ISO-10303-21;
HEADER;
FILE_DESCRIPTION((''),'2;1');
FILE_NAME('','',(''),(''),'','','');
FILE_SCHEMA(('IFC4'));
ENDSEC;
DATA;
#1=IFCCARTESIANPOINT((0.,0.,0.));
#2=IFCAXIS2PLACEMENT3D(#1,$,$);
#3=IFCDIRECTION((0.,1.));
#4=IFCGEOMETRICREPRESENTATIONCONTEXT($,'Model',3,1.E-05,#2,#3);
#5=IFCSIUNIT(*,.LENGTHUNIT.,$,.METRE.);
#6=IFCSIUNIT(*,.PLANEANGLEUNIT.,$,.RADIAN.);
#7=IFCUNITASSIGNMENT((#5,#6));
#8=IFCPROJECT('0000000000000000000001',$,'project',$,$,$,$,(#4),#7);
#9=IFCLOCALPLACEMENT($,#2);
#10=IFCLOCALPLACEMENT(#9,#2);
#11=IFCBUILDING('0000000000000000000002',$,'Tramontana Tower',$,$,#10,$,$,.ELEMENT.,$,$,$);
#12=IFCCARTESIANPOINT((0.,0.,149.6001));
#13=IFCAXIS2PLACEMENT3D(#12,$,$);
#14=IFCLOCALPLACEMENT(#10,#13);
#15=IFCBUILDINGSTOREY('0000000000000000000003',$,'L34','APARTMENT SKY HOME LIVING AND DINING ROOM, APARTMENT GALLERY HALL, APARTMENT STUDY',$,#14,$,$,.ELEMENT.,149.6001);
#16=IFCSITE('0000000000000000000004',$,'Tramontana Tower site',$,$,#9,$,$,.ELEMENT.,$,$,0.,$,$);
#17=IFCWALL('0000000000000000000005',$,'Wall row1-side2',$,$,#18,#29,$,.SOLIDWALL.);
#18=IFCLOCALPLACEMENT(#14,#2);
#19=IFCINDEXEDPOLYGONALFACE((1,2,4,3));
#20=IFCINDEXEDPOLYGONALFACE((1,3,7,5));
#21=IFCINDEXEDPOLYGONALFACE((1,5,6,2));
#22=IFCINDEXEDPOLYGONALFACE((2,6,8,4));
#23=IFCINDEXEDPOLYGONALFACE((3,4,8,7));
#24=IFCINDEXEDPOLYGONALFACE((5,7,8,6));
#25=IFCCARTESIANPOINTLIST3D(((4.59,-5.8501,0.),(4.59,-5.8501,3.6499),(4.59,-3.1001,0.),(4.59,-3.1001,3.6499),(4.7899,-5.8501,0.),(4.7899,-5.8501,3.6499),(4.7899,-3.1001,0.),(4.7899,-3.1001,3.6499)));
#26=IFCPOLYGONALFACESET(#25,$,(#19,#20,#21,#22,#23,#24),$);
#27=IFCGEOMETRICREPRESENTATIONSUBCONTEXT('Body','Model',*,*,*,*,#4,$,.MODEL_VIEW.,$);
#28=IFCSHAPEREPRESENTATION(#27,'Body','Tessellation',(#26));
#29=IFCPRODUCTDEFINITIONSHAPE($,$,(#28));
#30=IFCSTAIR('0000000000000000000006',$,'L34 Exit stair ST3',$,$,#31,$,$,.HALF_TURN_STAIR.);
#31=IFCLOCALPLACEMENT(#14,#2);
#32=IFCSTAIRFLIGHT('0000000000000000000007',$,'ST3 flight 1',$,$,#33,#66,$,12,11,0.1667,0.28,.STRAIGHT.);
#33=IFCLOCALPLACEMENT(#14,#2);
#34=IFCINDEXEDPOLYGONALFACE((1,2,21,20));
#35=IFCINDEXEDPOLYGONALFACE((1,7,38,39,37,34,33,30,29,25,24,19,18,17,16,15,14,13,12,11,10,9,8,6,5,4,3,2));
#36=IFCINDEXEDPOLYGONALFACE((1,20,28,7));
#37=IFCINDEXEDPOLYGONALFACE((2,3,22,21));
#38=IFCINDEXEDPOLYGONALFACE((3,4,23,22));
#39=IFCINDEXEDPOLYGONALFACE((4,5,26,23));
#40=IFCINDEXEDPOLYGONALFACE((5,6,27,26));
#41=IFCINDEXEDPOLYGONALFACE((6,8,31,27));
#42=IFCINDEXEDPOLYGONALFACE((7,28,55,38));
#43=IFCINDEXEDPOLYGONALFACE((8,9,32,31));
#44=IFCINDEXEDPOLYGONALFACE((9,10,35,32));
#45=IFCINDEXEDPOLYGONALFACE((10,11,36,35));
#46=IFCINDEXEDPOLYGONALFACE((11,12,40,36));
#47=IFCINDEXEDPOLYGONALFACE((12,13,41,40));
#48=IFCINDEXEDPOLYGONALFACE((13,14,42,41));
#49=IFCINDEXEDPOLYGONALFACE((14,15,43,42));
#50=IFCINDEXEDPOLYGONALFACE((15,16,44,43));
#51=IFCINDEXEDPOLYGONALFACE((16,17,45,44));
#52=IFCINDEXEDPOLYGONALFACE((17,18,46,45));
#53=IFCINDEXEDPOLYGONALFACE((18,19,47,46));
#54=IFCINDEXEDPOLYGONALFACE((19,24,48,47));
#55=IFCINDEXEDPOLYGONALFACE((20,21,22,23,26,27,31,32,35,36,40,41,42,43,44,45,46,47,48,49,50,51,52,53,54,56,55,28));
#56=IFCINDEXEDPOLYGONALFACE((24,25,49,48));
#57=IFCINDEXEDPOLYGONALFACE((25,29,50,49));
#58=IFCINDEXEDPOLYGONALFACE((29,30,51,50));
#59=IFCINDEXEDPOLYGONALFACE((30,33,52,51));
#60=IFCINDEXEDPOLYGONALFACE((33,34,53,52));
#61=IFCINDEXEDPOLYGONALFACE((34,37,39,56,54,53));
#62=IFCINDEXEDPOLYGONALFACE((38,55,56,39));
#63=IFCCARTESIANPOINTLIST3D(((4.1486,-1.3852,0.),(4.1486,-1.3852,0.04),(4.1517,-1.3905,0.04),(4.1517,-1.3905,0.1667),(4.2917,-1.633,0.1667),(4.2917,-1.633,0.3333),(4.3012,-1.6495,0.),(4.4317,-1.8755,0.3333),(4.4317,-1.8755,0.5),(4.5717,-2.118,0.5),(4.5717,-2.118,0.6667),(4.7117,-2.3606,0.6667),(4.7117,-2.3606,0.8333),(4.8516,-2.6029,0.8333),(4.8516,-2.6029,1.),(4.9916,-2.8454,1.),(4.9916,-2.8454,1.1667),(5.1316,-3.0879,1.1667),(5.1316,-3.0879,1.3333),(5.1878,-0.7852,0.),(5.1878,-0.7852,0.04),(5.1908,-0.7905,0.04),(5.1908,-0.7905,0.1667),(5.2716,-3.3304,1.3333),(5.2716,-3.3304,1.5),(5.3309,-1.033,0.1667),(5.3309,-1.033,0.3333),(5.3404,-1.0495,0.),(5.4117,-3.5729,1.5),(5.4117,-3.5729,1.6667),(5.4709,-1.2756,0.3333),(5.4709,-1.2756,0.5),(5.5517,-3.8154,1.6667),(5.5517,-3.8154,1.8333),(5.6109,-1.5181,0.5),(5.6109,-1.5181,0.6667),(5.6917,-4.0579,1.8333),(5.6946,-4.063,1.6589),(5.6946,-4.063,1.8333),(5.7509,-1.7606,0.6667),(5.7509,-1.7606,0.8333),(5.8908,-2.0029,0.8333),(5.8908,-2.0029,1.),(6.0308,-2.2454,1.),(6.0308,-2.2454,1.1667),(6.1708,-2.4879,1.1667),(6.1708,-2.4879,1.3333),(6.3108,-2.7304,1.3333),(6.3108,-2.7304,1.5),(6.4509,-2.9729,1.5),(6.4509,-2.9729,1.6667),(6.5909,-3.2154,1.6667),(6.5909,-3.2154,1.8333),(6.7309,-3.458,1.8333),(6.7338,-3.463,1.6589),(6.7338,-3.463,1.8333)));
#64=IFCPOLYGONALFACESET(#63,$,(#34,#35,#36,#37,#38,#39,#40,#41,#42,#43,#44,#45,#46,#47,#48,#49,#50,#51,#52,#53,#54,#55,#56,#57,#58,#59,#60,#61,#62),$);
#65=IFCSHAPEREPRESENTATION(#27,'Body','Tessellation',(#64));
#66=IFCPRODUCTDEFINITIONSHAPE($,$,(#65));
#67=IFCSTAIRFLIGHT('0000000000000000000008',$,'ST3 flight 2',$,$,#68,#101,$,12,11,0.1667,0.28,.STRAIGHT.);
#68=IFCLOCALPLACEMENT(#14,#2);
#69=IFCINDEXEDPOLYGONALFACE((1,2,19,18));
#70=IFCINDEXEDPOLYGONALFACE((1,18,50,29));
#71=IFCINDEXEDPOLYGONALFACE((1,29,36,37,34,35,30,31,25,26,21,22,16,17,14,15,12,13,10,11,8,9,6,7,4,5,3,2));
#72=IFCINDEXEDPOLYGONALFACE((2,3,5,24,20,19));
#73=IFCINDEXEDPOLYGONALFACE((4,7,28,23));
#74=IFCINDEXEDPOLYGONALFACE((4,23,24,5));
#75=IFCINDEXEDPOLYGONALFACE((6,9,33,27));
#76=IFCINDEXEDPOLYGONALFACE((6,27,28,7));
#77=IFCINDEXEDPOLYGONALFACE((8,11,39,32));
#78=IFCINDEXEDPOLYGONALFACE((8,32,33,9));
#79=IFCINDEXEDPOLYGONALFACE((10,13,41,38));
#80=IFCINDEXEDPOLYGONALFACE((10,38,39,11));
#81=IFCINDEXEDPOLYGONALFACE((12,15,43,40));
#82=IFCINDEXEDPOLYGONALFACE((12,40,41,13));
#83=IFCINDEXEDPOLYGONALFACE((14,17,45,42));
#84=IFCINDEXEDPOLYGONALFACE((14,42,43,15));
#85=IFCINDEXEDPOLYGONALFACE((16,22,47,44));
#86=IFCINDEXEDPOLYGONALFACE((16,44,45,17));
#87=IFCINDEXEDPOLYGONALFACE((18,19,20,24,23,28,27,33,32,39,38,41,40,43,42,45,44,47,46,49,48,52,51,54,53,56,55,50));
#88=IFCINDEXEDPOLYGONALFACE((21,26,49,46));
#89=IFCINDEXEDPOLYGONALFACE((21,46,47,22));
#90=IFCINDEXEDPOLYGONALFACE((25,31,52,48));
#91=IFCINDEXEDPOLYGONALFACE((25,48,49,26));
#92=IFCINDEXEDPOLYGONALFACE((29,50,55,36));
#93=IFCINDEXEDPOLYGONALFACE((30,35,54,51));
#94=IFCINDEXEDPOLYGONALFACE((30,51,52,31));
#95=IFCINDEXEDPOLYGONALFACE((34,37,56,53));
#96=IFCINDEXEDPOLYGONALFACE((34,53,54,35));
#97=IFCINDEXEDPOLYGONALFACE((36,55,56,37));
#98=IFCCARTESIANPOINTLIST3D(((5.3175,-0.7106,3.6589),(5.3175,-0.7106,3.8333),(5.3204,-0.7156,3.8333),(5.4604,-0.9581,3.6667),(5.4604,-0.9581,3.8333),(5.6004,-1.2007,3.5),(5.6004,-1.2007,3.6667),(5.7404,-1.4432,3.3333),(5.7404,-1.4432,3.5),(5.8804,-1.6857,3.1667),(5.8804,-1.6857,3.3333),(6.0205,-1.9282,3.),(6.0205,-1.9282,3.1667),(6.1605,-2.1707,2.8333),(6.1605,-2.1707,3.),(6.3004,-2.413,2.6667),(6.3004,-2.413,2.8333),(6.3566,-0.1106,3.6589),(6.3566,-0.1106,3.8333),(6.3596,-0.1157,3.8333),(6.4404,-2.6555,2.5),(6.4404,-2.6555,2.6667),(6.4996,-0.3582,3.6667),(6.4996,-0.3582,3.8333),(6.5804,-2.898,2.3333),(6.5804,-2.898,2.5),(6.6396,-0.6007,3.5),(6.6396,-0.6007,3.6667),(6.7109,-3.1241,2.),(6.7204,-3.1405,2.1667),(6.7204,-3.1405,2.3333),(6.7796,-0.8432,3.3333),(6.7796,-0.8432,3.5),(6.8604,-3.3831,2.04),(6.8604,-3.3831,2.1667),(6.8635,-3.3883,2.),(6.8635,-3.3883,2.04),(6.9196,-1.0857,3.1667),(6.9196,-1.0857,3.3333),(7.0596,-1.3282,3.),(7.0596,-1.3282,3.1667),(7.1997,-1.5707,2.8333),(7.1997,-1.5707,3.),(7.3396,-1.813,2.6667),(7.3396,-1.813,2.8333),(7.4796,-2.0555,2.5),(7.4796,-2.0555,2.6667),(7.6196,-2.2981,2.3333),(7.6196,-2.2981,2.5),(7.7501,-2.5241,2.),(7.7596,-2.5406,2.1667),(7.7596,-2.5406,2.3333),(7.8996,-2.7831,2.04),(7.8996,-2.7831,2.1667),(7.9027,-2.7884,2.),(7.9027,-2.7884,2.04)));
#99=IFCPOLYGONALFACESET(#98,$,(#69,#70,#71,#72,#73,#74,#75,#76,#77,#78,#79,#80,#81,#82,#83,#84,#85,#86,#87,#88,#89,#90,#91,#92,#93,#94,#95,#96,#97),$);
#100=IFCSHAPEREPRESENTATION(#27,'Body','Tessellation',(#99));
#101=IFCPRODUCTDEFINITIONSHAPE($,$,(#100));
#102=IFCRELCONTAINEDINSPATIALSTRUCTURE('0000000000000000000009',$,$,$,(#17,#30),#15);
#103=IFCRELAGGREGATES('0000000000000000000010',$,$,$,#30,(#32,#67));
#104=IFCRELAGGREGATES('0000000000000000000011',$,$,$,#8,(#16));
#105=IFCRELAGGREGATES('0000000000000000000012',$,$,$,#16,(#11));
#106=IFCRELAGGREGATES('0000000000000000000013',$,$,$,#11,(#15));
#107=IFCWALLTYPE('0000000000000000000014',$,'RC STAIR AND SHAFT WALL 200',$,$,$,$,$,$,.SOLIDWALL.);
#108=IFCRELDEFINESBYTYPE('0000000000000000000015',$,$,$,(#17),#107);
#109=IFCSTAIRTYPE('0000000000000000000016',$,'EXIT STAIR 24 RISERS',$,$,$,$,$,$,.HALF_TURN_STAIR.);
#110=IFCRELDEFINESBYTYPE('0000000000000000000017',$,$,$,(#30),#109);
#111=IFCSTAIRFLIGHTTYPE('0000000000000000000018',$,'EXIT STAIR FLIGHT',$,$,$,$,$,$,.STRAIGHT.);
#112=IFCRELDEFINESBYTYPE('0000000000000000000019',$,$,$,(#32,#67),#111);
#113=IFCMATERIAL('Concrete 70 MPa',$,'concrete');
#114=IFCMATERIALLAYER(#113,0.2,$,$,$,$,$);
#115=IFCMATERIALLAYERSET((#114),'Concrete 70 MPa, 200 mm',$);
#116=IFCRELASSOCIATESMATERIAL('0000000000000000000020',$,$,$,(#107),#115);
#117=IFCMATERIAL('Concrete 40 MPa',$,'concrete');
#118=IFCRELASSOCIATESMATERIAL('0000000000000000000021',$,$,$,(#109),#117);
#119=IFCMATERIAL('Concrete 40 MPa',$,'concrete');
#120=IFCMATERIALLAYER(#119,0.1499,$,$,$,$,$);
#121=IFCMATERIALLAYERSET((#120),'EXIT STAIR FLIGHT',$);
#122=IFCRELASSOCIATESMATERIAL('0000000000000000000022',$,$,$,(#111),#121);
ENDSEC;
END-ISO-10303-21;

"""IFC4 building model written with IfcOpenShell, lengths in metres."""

from ifc_helpers import new_model, si_unit, direction, frame, frame_2d, origin, place, context, subcontext, project, spatial, polyline, rectangle, outline, extrude, material, layer, layer_set, type_object, element, aggregate, save


model = new_model("IFC4")

# Units and contexts
model_context = context("Model", 3, precision=1e-05, world=origin(), true_north=direction((0.0, 1.0)))
body_context = subcontext(model_context, "Body", "Model", "MODEL_VIEW")
ifc_project = project(units=[si_unit("LENGTHUNIT", "METRE"), si_unit("PLANEANGLEUNIT", "RADIAN")], contexts=[model_context])

# Site, building, storey
site_placement = place(None, origin())
site = spatial("IfcSite", under=ifc_project, at=site_placement, Name="Tramontana Tower site", CompositionType="ELEMENT", RefElevation=0.0)
building_placement = place(site_placement, origin())
building = spatial("IfcBuilding", under=site, at=building_placement, Name="Tramontana Tower", CompositionType="ELEMENT")
storey_placement = place(building_placement, frame((0.0, 0.0, 149.6001)))
storey = spatial("IfcBuildingStorey", under=building, at=storey_placement, Name="L34", Description="APARTMENT SKY HOME LIVING AND DINING ROOM, APARTMENT GALLERY HALL, APARTMENT STUDY", CompositionType="ELEMENT", Elevation=149.6001)

# Shared definitions
ifc_material_1 = material(Name="Concrete 70 MPa", Category="concrete")
ifc_layer_1 = layer(ifc_material_1, 0.2)
ifc_layer_set_1 = layer_set([ifc_layer_1], Name="Concrete 70 MPa, 200 mm")
wall_type_1 = type_object("IfcWallType", Name="RC STAIR AND SHAFT WALL 200", PredefinedType="SOLIDWALL", material=ifc_layer_set_1)

# Wall
for number, where, z_axis, x_axis, name in (
    (1, (4.6899, -3.1001, 0.0), (0.0, 0.0, 1.0), (0.0, -1.0, 0.0), "Wall row1-side2"),
):
    element("IfcWall", number, at=place(storey_placement, frame(where, z_axis=z_axis, x_axis=x_axis)), inside=storey, type_object=wall_type_1, Name=name, PredefinedType="SOLIDWALL", context=body_context, shape_type="SweptSolid", body=[
        extrude(rectangle(XDim=2.75, YDim=0.2, at=frame_2d((1.375, 0.0))), origin(), (0.0, 0.0, 1.0), 3.6499),
    ])

# Stair, stair flights
ifc_material_2 = material(Name="Concrete 40 MPa", Category="concrete")
stair_type = type_object("IfcStairType", Name="EXIT STAIR 24 RISERS", PredefinedType="HALF_TURN_STAIR", material=ifc_material_2)
stair_placement = place(storey_placement, origin())
stair = element("IfcStair", 2, at=stair_placement, inside=storey, type_object=stair_type, Name="L34 Exit stair ST3", PredefinedType="HALF_TURN_STAIR")
ifc_material_3 = material(Name="Concrete 40 MPa", Category="concrete")
ifc_layer_2 = layer(ifc_material_3, 0.1499)
ifc_layer_set_2 = layer_set([ifc_layer_2], Name="EXIT STAIR FLIGHT")
stair_flight_type = type_object("IfcStairFlightType", Name="EXIT STAIR FLIGHT", PredefinedType="STRAIGHT", material=ifc_layer_set_2)
stair_flight_1_placement = place(storey_placement, frame((4.6711, -1.0906, 0.0), z_axis=(0.0, 0.0, 1.0), x_axis=(0.5, -0.866025, 0.0)))
stair_flight_1 = element("IfcStairFlight", 3, at=stair_flight_1_placement, type_object=stair_flight_type, Name="ST3 flight 1", NumberOfRisers=12, NumberOfTreads=11, PredefinedType="STRAIGHT", RiserHeight=0.1667, TreadLength=0.28, context=body_context, shape_type="SweptSolid", body=[
    extrude(outline(polyline([(-0.0061, 0.0), (-0.0061, 0.04), (0.0, 0.04), (0.0, 0.1667), (0.28, 0.1667), (0.28, 0.3333), (0.5601, 0.3333), (0.5601, 0.5), (0.8401, 0.5), (0.8401, 0.6667), (1.1201, 0.6667), (1.1201, 0.8333), (1.3999, 0.8333), (1.3999, 1.0), (1.6799, 1.0), (1.6799, 1.1667), (1.96, 1.1667), (1.96, 1.3333), (2.24, 1.3333), (2.24, 1.5), (2.52, 1.5), (2.52, 1.6667), (2.8, 1.6667), (2.8, 1.8333), (3.0801, 1.8333), (3.0859, 1.8333), (3.0859, 1.6589), (0.2991, 0.0), (-0.0061, 0.0)])), frame((0.0, 0.6001, 0.0), z_axis=(0.0, -1.0, 0.0), x_axis=(1.0, 0.0, 0.0)), (0.0, 0.0, 1.0), 1.2),
])
stair_flight_2_placement = place(storey_placement, frame((7.3801, -3.083, 2.0), z_axis=(0.0, 0.0, 1.0), x_axis=(-0.5, 0.866025, 0.0)))
stair_flight_2 = element("IfcStairFlight", 4, at=stair_flight_2_placement, type_object=stair_flight_type, Name="ST3 flight 2", NumberOfRisers=12, NumberOfTreads=11, PredefinedType="STRAIGHT", RiserHeight=0.1667, TreadLength=0.28, context=body_context, shape_type="SweptSolid", body=[
    extrude(outline(polyline([(-0.0061, 0.0), (-0.0061, 0.04), (0.0, 0.04), (0.0, 0.1667), (0.28, 0.1667), (0.28, 0.3333), (0.5601, 0.3333), (0.5601, 0.5), (0.8401, 0.5), (0.8401, 0.6667), (1.1201, 0.6667), (1.1201, 0.8333), (1.3999, 0.8333), (1.3999, 1.0), (1.6799, 1.0), (1.6799, 1.1667), (1.96, 1.1667), (1.96, 1.3333), (2.24, 1.3333), (2.24, 1.5), (2.52, 1.5), (2.52, 1.6667), (2.8, 1.6667), (2.8, 1.8333), (3.0801, 1.8333), (3.0859, 1.8333), (3.0859, 1.6589), (0.2991, 0.0), (-0.0061, 0.0)])), frame((0.0, 0.6001, 0.0), z_axis=(0.0, -1.0, 0.0), x_axis=(1.0, 0.0, 0.0)), (0.0, 0.0, 1.0), 1.2),
])
aggregate(stair, [stair_flight_1, stair_flight_2])

save(model, "model.ifc")
